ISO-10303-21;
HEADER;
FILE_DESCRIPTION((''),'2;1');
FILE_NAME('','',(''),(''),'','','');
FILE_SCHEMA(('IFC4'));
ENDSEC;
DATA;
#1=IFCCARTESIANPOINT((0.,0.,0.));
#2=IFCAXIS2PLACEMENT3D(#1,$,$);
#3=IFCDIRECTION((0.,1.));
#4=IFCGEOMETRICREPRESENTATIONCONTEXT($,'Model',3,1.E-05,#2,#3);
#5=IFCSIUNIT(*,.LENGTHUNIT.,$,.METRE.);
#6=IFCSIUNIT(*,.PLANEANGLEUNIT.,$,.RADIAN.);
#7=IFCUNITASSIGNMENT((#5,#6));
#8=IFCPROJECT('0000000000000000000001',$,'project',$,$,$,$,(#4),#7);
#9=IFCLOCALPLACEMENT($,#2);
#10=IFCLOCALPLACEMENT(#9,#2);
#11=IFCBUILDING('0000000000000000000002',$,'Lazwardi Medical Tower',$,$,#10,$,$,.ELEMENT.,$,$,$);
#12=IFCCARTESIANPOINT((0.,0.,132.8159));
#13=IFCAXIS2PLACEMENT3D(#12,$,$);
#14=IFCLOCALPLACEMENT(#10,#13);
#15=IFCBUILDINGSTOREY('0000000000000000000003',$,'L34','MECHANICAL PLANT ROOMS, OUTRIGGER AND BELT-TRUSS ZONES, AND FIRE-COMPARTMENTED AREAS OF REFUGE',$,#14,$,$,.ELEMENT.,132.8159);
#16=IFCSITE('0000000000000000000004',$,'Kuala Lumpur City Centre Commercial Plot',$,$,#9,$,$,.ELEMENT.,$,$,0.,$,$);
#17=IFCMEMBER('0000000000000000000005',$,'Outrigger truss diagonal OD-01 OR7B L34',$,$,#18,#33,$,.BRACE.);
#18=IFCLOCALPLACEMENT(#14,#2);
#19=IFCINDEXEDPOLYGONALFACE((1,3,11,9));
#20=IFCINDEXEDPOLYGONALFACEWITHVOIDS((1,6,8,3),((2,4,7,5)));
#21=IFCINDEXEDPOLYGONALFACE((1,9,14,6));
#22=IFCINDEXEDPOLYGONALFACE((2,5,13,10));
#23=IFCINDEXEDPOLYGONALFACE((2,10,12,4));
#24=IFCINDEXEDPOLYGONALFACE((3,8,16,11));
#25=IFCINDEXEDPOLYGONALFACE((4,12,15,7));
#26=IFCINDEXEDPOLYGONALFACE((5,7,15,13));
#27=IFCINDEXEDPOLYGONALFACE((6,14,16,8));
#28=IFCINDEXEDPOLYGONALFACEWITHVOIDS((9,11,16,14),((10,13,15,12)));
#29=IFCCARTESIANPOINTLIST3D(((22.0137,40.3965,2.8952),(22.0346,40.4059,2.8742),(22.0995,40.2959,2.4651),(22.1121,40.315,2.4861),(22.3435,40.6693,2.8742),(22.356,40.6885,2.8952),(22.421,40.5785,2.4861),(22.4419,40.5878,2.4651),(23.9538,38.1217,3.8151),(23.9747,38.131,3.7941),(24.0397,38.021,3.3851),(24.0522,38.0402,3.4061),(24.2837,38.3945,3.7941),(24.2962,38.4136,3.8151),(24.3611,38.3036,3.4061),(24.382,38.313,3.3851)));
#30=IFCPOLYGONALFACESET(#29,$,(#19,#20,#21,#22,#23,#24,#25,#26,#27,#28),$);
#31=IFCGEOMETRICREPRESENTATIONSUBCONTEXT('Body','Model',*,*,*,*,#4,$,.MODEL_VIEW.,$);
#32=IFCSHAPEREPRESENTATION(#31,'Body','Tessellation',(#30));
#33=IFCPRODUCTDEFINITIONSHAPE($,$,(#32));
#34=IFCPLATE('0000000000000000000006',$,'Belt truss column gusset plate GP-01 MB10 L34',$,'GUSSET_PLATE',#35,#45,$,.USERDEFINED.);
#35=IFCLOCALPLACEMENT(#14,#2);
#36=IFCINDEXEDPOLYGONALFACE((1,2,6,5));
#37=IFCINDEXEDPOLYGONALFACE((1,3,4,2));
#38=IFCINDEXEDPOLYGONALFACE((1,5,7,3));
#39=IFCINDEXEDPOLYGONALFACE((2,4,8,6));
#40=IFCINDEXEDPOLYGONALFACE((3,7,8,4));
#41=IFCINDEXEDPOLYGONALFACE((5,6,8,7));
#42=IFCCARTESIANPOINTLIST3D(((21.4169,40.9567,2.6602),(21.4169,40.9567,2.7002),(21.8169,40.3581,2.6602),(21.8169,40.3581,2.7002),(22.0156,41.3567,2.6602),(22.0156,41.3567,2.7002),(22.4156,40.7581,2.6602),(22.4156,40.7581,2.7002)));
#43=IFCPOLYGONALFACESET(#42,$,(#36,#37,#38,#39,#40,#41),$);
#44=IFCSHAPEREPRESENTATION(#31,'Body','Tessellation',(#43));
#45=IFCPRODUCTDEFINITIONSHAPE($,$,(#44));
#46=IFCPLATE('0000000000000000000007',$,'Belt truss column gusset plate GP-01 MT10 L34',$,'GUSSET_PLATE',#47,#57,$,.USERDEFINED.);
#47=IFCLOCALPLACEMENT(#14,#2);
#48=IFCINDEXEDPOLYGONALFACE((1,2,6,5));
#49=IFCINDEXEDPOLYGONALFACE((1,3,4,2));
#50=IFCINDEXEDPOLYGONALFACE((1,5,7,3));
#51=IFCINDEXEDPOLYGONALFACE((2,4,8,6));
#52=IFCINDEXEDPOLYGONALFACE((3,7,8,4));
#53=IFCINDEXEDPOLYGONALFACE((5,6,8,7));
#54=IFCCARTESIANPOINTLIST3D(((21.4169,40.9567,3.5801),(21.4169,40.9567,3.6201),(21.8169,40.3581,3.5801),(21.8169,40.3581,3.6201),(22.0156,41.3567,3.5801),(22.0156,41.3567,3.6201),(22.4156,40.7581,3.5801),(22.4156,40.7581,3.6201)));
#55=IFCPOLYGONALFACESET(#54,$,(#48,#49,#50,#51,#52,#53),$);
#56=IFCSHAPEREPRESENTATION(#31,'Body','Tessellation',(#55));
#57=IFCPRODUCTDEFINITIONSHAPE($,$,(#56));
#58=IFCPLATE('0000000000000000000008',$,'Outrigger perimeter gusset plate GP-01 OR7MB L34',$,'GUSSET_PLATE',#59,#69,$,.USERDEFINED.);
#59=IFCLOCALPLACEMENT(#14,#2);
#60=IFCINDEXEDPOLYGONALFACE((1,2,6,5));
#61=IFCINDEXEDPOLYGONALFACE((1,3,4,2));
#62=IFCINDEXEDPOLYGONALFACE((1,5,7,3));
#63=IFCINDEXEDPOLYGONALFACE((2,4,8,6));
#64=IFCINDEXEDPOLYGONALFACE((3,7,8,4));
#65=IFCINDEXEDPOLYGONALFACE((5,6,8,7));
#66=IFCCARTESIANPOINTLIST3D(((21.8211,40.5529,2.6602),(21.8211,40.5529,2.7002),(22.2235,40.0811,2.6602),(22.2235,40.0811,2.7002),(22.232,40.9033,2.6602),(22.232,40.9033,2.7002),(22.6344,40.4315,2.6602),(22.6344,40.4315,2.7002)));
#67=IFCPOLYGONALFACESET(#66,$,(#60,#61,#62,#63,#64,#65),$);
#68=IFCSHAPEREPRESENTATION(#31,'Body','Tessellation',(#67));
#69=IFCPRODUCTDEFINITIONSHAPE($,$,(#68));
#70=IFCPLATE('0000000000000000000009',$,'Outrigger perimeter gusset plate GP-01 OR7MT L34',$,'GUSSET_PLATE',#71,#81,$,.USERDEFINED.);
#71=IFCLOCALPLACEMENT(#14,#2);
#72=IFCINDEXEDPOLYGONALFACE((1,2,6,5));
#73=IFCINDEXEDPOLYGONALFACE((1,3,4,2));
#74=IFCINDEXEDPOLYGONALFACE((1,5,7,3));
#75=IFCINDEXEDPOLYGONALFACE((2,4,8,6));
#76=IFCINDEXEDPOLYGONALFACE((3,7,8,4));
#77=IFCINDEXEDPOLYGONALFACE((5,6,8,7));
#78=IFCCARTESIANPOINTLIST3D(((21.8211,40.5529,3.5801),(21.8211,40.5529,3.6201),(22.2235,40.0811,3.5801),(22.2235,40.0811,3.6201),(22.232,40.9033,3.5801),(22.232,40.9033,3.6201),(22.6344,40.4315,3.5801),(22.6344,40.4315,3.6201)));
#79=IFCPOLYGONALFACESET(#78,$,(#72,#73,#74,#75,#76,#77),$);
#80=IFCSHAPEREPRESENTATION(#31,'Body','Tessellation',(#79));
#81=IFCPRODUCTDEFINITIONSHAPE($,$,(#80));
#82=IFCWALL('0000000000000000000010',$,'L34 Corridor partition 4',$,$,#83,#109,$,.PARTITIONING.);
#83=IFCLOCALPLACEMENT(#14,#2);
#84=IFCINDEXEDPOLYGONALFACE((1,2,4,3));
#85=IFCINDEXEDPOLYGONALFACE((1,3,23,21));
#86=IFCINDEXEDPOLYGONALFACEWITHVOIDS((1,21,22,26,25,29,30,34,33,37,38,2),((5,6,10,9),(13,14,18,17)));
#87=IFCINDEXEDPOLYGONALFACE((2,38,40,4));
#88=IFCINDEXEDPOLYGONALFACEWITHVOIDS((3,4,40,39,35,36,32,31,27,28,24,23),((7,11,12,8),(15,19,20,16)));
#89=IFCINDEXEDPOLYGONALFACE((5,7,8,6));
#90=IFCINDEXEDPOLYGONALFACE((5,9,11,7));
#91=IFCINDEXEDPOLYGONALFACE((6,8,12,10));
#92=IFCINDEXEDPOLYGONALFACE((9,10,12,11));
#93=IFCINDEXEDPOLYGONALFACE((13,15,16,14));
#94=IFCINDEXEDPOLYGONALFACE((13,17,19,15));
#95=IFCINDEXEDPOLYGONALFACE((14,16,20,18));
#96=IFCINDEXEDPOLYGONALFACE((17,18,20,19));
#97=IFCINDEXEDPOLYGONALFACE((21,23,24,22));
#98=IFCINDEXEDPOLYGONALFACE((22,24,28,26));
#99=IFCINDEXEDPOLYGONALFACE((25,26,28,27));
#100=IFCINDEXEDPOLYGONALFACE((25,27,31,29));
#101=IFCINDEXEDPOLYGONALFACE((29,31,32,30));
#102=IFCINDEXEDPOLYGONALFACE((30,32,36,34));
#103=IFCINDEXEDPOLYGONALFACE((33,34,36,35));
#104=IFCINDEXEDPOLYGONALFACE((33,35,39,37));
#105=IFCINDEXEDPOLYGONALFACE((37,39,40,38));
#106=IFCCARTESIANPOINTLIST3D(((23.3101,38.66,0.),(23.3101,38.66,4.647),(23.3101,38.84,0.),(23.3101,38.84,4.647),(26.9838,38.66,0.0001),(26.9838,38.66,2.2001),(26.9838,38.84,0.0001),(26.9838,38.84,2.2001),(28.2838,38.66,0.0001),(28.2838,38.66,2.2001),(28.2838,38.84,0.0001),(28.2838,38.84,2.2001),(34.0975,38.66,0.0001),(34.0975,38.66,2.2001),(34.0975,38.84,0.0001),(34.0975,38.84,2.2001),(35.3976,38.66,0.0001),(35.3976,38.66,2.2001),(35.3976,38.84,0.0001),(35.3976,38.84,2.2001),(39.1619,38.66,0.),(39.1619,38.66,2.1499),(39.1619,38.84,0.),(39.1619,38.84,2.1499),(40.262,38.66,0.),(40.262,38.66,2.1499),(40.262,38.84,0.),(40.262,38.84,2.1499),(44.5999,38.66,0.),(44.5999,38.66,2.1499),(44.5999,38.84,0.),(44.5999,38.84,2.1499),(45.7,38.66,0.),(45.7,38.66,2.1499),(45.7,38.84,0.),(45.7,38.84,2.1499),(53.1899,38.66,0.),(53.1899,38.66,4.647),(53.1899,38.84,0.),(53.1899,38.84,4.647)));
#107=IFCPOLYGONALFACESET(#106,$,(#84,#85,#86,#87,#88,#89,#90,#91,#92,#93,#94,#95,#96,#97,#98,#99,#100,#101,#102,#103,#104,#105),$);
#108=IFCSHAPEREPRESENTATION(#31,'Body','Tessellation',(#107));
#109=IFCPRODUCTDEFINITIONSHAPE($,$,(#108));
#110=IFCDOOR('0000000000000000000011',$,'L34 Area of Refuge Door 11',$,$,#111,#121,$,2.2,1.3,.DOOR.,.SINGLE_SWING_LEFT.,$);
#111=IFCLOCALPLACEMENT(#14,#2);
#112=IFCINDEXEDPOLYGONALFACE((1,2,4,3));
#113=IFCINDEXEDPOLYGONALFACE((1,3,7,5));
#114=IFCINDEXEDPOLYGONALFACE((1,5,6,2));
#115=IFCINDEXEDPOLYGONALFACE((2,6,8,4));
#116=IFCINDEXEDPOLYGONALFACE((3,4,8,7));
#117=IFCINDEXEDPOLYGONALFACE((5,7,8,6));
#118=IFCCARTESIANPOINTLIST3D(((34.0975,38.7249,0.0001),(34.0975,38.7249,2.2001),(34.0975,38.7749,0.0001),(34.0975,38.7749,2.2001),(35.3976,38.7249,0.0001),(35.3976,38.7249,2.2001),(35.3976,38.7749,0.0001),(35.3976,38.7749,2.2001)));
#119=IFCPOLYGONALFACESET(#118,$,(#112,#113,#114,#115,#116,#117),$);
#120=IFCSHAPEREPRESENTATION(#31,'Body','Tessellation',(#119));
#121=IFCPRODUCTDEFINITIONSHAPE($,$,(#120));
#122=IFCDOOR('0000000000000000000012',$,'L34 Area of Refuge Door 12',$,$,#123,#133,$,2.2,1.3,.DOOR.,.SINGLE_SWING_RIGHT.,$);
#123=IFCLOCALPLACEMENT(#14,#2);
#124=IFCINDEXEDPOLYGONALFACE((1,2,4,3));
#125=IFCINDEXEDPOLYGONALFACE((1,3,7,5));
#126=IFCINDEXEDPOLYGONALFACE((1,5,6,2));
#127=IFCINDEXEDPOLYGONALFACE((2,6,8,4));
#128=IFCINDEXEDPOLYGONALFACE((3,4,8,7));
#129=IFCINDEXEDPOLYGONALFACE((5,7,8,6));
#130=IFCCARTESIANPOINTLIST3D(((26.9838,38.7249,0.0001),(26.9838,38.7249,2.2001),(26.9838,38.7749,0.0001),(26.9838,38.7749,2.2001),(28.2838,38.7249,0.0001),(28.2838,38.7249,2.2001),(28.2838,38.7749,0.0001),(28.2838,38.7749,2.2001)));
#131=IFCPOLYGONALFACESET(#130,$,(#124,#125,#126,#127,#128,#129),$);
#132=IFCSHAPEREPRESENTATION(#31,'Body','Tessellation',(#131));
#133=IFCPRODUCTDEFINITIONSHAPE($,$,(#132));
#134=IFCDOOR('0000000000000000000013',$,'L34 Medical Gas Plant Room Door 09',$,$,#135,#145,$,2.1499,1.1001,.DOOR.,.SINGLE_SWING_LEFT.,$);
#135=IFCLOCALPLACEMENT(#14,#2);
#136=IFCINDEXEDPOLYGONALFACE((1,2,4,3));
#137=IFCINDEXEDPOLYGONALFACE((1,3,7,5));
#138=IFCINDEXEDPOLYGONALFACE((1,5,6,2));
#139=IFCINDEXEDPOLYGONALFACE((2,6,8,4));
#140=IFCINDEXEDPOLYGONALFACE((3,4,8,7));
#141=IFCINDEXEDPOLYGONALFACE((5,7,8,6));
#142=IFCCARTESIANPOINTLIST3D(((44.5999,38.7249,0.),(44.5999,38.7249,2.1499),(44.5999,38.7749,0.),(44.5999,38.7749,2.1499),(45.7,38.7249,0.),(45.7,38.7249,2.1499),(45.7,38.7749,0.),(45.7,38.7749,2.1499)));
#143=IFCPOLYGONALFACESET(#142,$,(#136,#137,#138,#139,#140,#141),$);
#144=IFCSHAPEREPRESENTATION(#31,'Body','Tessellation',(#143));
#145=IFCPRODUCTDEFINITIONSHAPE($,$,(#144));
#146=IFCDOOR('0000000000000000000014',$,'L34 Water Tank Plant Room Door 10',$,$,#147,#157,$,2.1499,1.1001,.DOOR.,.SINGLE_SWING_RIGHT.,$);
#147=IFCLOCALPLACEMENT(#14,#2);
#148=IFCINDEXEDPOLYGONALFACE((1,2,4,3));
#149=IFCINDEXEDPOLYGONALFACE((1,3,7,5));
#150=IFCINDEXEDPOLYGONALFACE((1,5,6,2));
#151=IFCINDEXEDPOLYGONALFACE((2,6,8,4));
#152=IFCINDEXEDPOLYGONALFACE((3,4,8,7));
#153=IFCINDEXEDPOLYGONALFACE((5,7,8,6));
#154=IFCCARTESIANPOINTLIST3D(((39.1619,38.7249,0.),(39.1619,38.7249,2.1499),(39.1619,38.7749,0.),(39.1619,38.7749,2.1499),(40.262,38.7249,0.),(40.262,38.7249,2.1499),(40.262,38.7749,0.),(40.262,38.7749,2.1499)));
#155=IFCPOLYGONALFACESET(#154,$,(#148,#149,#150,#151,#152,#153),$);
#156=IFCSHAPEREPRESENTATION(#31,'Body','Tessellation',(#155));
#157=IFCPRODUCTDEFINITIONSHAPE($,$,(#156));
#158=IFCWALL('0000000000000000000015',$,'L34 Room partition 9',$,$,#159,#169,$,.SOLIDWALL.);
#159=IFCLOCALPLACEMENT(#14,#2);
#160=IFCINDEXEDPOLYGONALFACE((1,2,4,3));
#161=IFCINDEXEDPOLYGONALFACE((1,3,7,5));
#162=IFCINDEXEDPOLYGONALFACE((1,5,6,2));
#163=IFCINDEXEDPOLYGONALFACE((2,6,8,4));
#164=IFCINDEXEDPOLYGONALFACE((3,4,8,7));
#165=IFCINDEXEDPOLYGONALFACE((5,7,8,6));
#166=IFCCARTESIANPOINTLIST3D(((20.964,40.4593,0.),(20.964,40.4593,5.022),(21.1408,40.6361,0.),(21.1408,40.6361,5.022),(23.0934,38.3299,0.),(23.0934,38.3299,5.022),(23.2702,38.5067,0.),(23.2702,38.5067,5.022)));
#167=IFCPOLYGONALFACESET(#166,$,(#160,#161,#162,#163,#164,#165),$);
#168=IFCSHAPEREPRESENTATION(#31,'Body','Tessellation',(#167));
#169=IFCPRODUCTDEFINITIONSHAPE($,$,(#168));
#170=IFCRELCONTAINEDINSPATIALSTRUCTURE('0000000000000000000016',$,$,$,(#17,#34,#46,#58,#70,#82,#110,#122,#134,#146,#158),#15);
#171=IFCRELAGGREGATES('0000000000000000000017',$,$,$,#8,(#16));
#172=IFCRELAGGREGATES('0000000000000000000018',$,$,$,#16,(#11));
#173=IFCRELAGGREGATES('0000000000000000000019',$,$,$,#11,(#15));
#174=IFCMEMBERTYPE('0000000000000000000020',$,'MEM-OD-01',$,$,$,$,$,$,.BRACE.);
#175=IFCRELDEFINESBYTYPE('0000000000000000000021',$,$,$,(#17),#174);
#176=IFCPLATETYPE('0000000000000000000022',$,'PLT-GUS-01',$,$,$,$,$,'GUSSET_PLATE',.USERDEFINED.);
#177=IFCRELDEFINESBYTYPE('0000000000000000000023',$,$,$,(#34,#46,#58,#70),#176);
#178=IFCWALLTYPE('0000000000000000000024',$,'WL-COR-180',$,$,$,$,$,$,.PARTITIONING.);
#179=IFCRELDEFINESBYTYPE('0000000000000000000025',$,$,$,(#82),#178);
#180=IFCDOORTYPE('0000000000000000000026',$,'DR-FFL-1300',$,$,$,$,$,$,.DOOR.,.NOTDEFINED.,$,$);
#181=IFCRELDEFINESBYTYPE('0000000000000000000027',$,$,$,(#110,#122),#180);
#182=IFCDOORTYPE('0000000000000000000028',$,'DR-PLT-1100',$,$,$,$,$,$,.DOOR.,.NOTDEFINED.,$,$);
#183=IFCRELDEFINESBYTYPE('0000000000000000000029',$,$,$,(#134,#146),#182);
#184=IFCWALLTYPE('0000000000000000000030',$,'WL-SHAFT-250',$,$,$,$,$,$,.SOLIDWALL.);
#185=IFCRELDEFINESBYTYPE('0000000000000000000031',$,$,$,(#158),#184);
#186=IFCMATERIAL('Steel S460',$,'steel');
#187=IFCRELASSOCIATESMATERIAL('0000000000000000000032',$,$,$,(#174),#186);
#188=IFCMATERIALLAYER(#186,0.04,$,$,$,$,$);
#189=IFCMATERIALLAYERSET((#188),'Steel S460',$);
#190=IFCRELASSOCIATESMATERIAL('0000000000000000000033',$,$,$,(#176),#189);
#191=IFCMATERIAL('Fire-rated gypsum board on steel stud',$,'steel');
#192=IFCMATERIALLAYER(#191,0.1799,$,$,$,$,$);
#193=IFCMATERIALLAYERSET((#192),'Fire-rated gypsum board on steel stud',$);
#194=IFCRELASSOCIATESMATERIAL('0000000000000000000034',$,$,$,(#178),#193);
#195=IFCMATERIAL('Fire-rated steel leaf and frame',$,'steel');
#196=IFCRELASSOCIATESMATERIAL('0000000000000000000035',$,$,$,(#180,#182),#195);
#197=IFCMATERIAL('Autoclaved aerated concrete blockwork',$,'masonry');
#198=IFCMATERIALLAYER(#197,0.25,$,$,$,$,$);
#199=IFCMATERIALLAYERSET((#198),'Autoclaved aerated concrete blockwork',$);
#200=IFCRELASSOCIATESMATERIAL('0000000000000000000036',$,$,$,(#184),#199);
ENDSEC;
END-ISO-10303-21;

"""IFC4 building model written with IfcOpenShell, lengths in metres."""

from ifc_helpers import new_model, si_unit, direction, frame, frame_2d, origin, origin_2d, place, context, subcontext, project, spatial, rectangle, hollow_rectangle, extrude, material, layer, layer_set, material_profile, profile_set, type_object, element, fill, save


model = new_model("IFC4")

# Units and contexts
model_context = context("Model", 3, precision=1e-05, world=origin(), true_north=direction((0.0, 1.0)))
body_context = subcontext(model_context, "Body", "Model", "MODEL_VIEW")
ifc_project = project(units=[si_unit("LENGTHUNIT", "METRE"), si_unit("PLANEANGLEUNIT", "RADIAN")], contexts=[model_context])

# Site, building, storey
site_placement = place(None, origin())
site = spatial("IfcSite", under=ifc_project, at=site_placement, Name="Kuala Lumpur City Centre Commercial Plot", CompositionType="ELEMENT", RefElevation=0.0)
building_placement = place(site_placement, origin())
building = spatial("IfcBuilding", under=site, at=building_placement, Name="Lazwardi Medical Tower", CompositionType="ELEMENT")
storey_placement = place(building_placement, frame((0.0, 0.0, 132.8159)))
storey = spatial("IfcBuildingStorey", under=building, at=storey_placement, Name="L34", Description="MECHANICAL PLANT ROOMS, OUTRIGGER AND BELT-TRUSS ZONES, AND FIRE-COMPARTMENTED AREAS OF REFUGE", CompositionType="ELEMENT", Elevation=132.8159)

# Shared definitions
ifc_material_1 = material(Name="Steel S460", Category="steel")

# Member
ifc_material_profile_1 = material_profile(ifc_material_1, hollow_rectangle(XDim=0.45, YDim=0.45, WallThickness=0.022, at=origin_2d()), Name="RHS 450x450x22")
ifc_profile_set_1 = profile_set([ifc_material_profile_1], Name="Steel S460")
member_type_1 = type_object("IfcMemberType", Name="MEM-OD-01", PredefinedType="BRACE", material=ifc_profile_set_1)
member_1_placement = place(storey_placement, frame((22.2278, 40.4922, 2.6802), z_axis=(0.62022, -0.72722, 0.294072), x_axis=(0.760862, 0.648913, 0.0)))
element("IfcMember", 1, at=member_1_placement, inside=storey, type_object=member_type_1, Name="Outrigger truss diagonal OD-01 OR7B L34", PredefinedType="BRACE", context=body_context, shape_type="SweptSolid", body=[
    extrude(hollow_rectangle(XDim=0.45, YDim=0.45, WallThickness=0.022, at=origin_2d()), origin(), (0.0, 0.0, 1.0), 3.1282),
])

# Plates
ifc_layer_1 = layer(ifc_material_1, 0.04)
ifc_layer_set_1 = layer_set([ifc_layer_1], Name="Steel S460")
plate_type = type_object("IfcPlateType", Name="PLT-GUS-01", ElementType="GUSSET_PLATE", PredefinedType="USERDEFINED", material=ifc_layer_set_1)
for number, where, z_axis, x_axis, name in (
    (2, (21.9163, 40.8574, 2.6602), (0.0, 0.0, 1.0), (-0.55557, 0.83147, 0.0), "Belt truss column gusset plate GP-01 MB10 L34"),
    (3, (21.9163, 40.8574, 3.5801), (0.0, 0.0, 1.0), (-0.55557, 0.83147, 0.0), "Belt truss column gusset plate GP-01 MT10 L34"),
):
    element("IfcPlate", number, at=place(storey_placement, frame(where, z_axis=z_axis, x_axis=x_axis)), inside=storey, type_object=plate_type, Name=name, ObjectType="GUSSET_PLATE", PredefinedType="USERDEFINED", context=body_context, shape_type="SweptSolid", body=[
        extrude(rectangle(XDim=0.72, YDim=0.72, at=origin_2d()), origin(), (0.0, 0.0, 1.0), 0.04),
    ])
for number, where, z_axis, x_axis, name in (
    (4, (22.2278, 40.4922, 2.6602), (0.0, 0.0, 1.0), (-0.648917, 0.760859, 0.0), "Outrigger perimeter gusset plate GP-01 OR7MB L34"),
    (5, (22.2278, 40.4922, 3.5801), (0.0, 0.0, 1.0), (-0.648917, 0.760859, 0.0), "Outrigger perimeter gusset plate GP-01 OR7MT L34"),
):
    element("IfcPlate", number, at=place(storey_placement, frame(where, z_axis=z_axis, x_axis=x_axis)), inside=storey, type_object=plate_type, Name=name, ObjectType="GUSSET_PLATE", PredefinedType="USERDEFINED", context=body_context, shape_type="SweptSolid", body=[
        extrude(rectangle(XDim=0.6201, YDim=0.54, at=origin_2d()), origin(), (0.0, 0.0, 1.0), 0.04),
    ])

# Wall, openings, doors
ifc_material_2 = material(Name="Fire-rated gypsum board on steel stud", Category="steel")
ifc_layer_2 = layer(ifc_material_2, 0.1799)
ifc_layer_set_2 = layer_set([ifc_layer_2], Name="Fire-rated gypsum board on steel stud")
wall_type_1 = type_object("IfcWallType", Name="WL-COR-180", PredefinedType="PARTITIONING", material=ifc_layer_set_2)
wall_1_placement = place(storey_placement, frame((23.3101, 38.75, 0.0), z_axis=(0.0, 0.0, 1.0), x_axis=(1.0, 0.0, 0.0)))
wall_1 = element("IfcWall", 6, at=wall_1_placement, inside=storey, type_object=wall_type_1, Name="L34 Corridor partition 4", PredefinedType="PARTITIONING", context=body_context, shape_type="SweptSolid", body=[
    extrude(rectangle(XDim=29.8799, YDim=0.1799, at=frame_2d((14.9399, 0.0))), origin(), (0.0, 0.0, 1.0), 4.647),
])
opening_1_placement = place(wall_1_placement, frame((21.2898, 0.0, 0.0)))
opening_1 = element("IfcOpeningElement", 7, at=opening_1_placement, cuts=wall_1, PredefinedType="OPENING", context=body_context, shape_type="SweptSolid", body=[
    extrude(rectangle(XDim=1.1001, YDim=2.1499, at=frame_2d((0.55, 1.075))), frame((0.0, 0.0999, 0.0), z_axis=(0.0, -1.0, 0.0), x_axis=(1.0, 0.0, 0.0)), (0.0, 0.0, 1.0), 0.2),
])
opening_2_placement = place(wall_1_placement, frame((15.8518, 0.0, 0.0)))
opening_2 = element("IfcOpeningElement", 8, at=opening_2_placement, cuts=wall_1, PredefinedType="OPENING", context=body_context, shape_type="SweptSolid", body=[
    extrude(rectangle(XDim=1.1001, YDim=2.1499, at=frame_2d((0.55, 1.075))), frame((0.0, 0.0999, 0.0), z_axis=(0.0, -1.0, 0.0), x_axis=(1.0, 0.0, 0.0)), (0.0, 0.0, 1.0), 0.2),
])
opening_3_placement = place(wall_1_placement, frame((10.7876, 0.0, 0.0)))
opening_3 = element("IfcOpeningElement", 9, at=opening_3_placement, cuts=wall_1, PredefinedType="OPENING", context=body_context, shape_type="SweptSolid", body=[
    extrude(rectangle(XDim=1.3, YDim=2.2, at=frame_2d((0.6499, 1.1001))), frame((0.0, 0.0999, 0.0), z_axis=(0.0, -1.0, 0.0), x_axis=(1.0, 0.0, 0.0)), (0.0, 0.0, 1.0), 0.2),
])
opening_4_placement = place(wall_1_placement, frame((3.6738, 0.0, 0.0)))
opening_4 = element("IfcOpeningElement", 10, at=opening_4_placement, cuts=wall_1, PredefinedType="OPENING", context=body_context, shape_type="SweptSolid", body=[
    extrude(rectangle(XDim=1.3, YDim=2.2, at=frame_2d((0.6499, 1.1001))), frame((0.0, 0.0999, 0.0), z_axis=(0.0, -1.0, 0.0), x_axis=(1.0, 0.0, 0.0)), (0.0, 0.0, 1.0), 0.2),
])
ifc_material_3 = material(Name="Fire-rated steel leaf and frame", Category="steel")
door_type_1 = type_object("IfcDoorType", Name="DR-FFL-1300", OperationType="NOTDEFINED", PredefinedType="DOOR", material=ifc_material_3)
door_1_placement = place(opening_3_placement, origin())
door_1 = element("IfcDoor", 11, at=door_1_placement, inside=storey, type_object=door_type_1, Name="L34 Area of Refuge Door 11", OperationType="SINGLE_SWING_LEFT", OverallHeight=2.2, OverallWidth=1.3, PredefinedType="DOOR", context=body_context, shape_type="SweptSolid", body=[
    extrude(rectangle(XDim=1.3, YDim=2.2, at=frame_2d((0.6499, 1.1001))), frame((0.0, 0.0249, 0.0), z_axis=(0.0, -1.0, 0.0), x_axis=(1.0, 0.0, 0.0)), (0.0, 0.0, 1.0), 0.05),
])
fill(opening_3, door_1)
door_2_placement = place(opening_4_placement, origin())
door_2 = element("IfcDoor", 12, at=door_2_placement, inside=storey, type_object=door_type_1, Name="L34 Area of Refuge Door 12", OperationType="SINGLE_SWING_RIGHT", OverallHeight=2.2, OverallWidth=1.3, PredefinedType="DOOR", context=body_context, shape_type="SweptSolid", body=[
    extrude(rectangle(XDim=1.3, YDim=2.2, at=frame_2d((0.6499, 1.1001))), frame((0.0, 0.0249, 0.0), z_axis=(0.0, -1.0, 0.0), x_axis=(1.0, 0.0, 0.0)), (0.0, 0.0, 1.0), 0.05),
])
fill(opening_4, door_2)
door_type_2 = type_object("IfcDoorType", Name="DR-PLT-1100", OperationType="NOTDEFINED", PredefinedType="DOOR", material=ifc_material_3)
door_3_placement = place(opening_1_placement, origin())
door_3 = element("IfcDoor", 13, at=door_3_placement, inside=storey, type_object=door_type_2, Name="L34 Medical Gas Plant Room Door 09", OperationType="SINGLE_SWING_LEFT", OverallHeight=2.1499, OverallWidth=1.1001, PredefinedType="DOOR", context=body_context, shape_type="SweptSolid", body=[
    extrude(rectangle(XDim=1.1001, YDim=2.1499, at=frame_2d((0.55, 1.075))), frame((0.0, 0.0249, 0.0), z_axis=(0.0, -1.0, 0.0), x_axis=(1.0, 0.0, 0.0)), (0.0, 0.0, 1.0), 0.05),
])
fill(opening_1, door_3)
door_4_placement = place(opening_2_placement, origin())
door_4 = element("IfcDoor", 14, at=door_4_placement, inside=storey, type_object=door_type_2, Name="L34 Water Tank Plant Room Door 10", OperationType="SINGLE_SWING_RIGHT", OverallHeight=2.1499, OverallWidth=1.1001, PredefinedType="DOOR", context=body_context, shape_type="SweptSolid", body=[
    extrude(rectangle(XDim=1.1001, YDim=2.1499, at=frame_2d((0.55, 1.075))), frame((0.0, 0.0249, 0.0), z_axis=(0.0, -1.0, 0.0), x_axis=(1.0, 0.0, 0.0)), (0.0, 0.0, 1.0), 0.05),
])
fill(opening_2, door_4)

# Wall
ifc_material_4 = material(Name="Autoclaved aerated concrete blockwork", Category="masonry")
ifc_layer_3 = layer(ifc_material_4, 0.25)
ifc_layer_set_3 = layer_set([ifc_layer_3], Name="Autoclaved aerated concrete blockwork")
wall_type_2 = type_object("IfcWallType", Name="WL-SHAFT-250", PredefinedType="SOLIDWALL", material=ifc_layer_set_3)
wall_2_placement = place(storey_placement, frame((23.1819, 38.4182, 0.0), z_axis=(0.0, 0.0, 1.0), x_axis=(-0.707107, 0.707107, 0.0)))
element("IfcWall", 15, at=wall_2_placement, inside=storey, type_object=wall_type_2, Name="L34 Room partition 9", PredefinedType="SOLIDWALL", context=body_context, shape_type="SweptSolid", body=[
    extrude(rectangle(XDim=3.0115, YDim=0.25, at=frame_2d((1.5059, 0.0))), origin(), (0.0, 0.0, 1.0), 5.022),
])

save(model, "model.ifc")
